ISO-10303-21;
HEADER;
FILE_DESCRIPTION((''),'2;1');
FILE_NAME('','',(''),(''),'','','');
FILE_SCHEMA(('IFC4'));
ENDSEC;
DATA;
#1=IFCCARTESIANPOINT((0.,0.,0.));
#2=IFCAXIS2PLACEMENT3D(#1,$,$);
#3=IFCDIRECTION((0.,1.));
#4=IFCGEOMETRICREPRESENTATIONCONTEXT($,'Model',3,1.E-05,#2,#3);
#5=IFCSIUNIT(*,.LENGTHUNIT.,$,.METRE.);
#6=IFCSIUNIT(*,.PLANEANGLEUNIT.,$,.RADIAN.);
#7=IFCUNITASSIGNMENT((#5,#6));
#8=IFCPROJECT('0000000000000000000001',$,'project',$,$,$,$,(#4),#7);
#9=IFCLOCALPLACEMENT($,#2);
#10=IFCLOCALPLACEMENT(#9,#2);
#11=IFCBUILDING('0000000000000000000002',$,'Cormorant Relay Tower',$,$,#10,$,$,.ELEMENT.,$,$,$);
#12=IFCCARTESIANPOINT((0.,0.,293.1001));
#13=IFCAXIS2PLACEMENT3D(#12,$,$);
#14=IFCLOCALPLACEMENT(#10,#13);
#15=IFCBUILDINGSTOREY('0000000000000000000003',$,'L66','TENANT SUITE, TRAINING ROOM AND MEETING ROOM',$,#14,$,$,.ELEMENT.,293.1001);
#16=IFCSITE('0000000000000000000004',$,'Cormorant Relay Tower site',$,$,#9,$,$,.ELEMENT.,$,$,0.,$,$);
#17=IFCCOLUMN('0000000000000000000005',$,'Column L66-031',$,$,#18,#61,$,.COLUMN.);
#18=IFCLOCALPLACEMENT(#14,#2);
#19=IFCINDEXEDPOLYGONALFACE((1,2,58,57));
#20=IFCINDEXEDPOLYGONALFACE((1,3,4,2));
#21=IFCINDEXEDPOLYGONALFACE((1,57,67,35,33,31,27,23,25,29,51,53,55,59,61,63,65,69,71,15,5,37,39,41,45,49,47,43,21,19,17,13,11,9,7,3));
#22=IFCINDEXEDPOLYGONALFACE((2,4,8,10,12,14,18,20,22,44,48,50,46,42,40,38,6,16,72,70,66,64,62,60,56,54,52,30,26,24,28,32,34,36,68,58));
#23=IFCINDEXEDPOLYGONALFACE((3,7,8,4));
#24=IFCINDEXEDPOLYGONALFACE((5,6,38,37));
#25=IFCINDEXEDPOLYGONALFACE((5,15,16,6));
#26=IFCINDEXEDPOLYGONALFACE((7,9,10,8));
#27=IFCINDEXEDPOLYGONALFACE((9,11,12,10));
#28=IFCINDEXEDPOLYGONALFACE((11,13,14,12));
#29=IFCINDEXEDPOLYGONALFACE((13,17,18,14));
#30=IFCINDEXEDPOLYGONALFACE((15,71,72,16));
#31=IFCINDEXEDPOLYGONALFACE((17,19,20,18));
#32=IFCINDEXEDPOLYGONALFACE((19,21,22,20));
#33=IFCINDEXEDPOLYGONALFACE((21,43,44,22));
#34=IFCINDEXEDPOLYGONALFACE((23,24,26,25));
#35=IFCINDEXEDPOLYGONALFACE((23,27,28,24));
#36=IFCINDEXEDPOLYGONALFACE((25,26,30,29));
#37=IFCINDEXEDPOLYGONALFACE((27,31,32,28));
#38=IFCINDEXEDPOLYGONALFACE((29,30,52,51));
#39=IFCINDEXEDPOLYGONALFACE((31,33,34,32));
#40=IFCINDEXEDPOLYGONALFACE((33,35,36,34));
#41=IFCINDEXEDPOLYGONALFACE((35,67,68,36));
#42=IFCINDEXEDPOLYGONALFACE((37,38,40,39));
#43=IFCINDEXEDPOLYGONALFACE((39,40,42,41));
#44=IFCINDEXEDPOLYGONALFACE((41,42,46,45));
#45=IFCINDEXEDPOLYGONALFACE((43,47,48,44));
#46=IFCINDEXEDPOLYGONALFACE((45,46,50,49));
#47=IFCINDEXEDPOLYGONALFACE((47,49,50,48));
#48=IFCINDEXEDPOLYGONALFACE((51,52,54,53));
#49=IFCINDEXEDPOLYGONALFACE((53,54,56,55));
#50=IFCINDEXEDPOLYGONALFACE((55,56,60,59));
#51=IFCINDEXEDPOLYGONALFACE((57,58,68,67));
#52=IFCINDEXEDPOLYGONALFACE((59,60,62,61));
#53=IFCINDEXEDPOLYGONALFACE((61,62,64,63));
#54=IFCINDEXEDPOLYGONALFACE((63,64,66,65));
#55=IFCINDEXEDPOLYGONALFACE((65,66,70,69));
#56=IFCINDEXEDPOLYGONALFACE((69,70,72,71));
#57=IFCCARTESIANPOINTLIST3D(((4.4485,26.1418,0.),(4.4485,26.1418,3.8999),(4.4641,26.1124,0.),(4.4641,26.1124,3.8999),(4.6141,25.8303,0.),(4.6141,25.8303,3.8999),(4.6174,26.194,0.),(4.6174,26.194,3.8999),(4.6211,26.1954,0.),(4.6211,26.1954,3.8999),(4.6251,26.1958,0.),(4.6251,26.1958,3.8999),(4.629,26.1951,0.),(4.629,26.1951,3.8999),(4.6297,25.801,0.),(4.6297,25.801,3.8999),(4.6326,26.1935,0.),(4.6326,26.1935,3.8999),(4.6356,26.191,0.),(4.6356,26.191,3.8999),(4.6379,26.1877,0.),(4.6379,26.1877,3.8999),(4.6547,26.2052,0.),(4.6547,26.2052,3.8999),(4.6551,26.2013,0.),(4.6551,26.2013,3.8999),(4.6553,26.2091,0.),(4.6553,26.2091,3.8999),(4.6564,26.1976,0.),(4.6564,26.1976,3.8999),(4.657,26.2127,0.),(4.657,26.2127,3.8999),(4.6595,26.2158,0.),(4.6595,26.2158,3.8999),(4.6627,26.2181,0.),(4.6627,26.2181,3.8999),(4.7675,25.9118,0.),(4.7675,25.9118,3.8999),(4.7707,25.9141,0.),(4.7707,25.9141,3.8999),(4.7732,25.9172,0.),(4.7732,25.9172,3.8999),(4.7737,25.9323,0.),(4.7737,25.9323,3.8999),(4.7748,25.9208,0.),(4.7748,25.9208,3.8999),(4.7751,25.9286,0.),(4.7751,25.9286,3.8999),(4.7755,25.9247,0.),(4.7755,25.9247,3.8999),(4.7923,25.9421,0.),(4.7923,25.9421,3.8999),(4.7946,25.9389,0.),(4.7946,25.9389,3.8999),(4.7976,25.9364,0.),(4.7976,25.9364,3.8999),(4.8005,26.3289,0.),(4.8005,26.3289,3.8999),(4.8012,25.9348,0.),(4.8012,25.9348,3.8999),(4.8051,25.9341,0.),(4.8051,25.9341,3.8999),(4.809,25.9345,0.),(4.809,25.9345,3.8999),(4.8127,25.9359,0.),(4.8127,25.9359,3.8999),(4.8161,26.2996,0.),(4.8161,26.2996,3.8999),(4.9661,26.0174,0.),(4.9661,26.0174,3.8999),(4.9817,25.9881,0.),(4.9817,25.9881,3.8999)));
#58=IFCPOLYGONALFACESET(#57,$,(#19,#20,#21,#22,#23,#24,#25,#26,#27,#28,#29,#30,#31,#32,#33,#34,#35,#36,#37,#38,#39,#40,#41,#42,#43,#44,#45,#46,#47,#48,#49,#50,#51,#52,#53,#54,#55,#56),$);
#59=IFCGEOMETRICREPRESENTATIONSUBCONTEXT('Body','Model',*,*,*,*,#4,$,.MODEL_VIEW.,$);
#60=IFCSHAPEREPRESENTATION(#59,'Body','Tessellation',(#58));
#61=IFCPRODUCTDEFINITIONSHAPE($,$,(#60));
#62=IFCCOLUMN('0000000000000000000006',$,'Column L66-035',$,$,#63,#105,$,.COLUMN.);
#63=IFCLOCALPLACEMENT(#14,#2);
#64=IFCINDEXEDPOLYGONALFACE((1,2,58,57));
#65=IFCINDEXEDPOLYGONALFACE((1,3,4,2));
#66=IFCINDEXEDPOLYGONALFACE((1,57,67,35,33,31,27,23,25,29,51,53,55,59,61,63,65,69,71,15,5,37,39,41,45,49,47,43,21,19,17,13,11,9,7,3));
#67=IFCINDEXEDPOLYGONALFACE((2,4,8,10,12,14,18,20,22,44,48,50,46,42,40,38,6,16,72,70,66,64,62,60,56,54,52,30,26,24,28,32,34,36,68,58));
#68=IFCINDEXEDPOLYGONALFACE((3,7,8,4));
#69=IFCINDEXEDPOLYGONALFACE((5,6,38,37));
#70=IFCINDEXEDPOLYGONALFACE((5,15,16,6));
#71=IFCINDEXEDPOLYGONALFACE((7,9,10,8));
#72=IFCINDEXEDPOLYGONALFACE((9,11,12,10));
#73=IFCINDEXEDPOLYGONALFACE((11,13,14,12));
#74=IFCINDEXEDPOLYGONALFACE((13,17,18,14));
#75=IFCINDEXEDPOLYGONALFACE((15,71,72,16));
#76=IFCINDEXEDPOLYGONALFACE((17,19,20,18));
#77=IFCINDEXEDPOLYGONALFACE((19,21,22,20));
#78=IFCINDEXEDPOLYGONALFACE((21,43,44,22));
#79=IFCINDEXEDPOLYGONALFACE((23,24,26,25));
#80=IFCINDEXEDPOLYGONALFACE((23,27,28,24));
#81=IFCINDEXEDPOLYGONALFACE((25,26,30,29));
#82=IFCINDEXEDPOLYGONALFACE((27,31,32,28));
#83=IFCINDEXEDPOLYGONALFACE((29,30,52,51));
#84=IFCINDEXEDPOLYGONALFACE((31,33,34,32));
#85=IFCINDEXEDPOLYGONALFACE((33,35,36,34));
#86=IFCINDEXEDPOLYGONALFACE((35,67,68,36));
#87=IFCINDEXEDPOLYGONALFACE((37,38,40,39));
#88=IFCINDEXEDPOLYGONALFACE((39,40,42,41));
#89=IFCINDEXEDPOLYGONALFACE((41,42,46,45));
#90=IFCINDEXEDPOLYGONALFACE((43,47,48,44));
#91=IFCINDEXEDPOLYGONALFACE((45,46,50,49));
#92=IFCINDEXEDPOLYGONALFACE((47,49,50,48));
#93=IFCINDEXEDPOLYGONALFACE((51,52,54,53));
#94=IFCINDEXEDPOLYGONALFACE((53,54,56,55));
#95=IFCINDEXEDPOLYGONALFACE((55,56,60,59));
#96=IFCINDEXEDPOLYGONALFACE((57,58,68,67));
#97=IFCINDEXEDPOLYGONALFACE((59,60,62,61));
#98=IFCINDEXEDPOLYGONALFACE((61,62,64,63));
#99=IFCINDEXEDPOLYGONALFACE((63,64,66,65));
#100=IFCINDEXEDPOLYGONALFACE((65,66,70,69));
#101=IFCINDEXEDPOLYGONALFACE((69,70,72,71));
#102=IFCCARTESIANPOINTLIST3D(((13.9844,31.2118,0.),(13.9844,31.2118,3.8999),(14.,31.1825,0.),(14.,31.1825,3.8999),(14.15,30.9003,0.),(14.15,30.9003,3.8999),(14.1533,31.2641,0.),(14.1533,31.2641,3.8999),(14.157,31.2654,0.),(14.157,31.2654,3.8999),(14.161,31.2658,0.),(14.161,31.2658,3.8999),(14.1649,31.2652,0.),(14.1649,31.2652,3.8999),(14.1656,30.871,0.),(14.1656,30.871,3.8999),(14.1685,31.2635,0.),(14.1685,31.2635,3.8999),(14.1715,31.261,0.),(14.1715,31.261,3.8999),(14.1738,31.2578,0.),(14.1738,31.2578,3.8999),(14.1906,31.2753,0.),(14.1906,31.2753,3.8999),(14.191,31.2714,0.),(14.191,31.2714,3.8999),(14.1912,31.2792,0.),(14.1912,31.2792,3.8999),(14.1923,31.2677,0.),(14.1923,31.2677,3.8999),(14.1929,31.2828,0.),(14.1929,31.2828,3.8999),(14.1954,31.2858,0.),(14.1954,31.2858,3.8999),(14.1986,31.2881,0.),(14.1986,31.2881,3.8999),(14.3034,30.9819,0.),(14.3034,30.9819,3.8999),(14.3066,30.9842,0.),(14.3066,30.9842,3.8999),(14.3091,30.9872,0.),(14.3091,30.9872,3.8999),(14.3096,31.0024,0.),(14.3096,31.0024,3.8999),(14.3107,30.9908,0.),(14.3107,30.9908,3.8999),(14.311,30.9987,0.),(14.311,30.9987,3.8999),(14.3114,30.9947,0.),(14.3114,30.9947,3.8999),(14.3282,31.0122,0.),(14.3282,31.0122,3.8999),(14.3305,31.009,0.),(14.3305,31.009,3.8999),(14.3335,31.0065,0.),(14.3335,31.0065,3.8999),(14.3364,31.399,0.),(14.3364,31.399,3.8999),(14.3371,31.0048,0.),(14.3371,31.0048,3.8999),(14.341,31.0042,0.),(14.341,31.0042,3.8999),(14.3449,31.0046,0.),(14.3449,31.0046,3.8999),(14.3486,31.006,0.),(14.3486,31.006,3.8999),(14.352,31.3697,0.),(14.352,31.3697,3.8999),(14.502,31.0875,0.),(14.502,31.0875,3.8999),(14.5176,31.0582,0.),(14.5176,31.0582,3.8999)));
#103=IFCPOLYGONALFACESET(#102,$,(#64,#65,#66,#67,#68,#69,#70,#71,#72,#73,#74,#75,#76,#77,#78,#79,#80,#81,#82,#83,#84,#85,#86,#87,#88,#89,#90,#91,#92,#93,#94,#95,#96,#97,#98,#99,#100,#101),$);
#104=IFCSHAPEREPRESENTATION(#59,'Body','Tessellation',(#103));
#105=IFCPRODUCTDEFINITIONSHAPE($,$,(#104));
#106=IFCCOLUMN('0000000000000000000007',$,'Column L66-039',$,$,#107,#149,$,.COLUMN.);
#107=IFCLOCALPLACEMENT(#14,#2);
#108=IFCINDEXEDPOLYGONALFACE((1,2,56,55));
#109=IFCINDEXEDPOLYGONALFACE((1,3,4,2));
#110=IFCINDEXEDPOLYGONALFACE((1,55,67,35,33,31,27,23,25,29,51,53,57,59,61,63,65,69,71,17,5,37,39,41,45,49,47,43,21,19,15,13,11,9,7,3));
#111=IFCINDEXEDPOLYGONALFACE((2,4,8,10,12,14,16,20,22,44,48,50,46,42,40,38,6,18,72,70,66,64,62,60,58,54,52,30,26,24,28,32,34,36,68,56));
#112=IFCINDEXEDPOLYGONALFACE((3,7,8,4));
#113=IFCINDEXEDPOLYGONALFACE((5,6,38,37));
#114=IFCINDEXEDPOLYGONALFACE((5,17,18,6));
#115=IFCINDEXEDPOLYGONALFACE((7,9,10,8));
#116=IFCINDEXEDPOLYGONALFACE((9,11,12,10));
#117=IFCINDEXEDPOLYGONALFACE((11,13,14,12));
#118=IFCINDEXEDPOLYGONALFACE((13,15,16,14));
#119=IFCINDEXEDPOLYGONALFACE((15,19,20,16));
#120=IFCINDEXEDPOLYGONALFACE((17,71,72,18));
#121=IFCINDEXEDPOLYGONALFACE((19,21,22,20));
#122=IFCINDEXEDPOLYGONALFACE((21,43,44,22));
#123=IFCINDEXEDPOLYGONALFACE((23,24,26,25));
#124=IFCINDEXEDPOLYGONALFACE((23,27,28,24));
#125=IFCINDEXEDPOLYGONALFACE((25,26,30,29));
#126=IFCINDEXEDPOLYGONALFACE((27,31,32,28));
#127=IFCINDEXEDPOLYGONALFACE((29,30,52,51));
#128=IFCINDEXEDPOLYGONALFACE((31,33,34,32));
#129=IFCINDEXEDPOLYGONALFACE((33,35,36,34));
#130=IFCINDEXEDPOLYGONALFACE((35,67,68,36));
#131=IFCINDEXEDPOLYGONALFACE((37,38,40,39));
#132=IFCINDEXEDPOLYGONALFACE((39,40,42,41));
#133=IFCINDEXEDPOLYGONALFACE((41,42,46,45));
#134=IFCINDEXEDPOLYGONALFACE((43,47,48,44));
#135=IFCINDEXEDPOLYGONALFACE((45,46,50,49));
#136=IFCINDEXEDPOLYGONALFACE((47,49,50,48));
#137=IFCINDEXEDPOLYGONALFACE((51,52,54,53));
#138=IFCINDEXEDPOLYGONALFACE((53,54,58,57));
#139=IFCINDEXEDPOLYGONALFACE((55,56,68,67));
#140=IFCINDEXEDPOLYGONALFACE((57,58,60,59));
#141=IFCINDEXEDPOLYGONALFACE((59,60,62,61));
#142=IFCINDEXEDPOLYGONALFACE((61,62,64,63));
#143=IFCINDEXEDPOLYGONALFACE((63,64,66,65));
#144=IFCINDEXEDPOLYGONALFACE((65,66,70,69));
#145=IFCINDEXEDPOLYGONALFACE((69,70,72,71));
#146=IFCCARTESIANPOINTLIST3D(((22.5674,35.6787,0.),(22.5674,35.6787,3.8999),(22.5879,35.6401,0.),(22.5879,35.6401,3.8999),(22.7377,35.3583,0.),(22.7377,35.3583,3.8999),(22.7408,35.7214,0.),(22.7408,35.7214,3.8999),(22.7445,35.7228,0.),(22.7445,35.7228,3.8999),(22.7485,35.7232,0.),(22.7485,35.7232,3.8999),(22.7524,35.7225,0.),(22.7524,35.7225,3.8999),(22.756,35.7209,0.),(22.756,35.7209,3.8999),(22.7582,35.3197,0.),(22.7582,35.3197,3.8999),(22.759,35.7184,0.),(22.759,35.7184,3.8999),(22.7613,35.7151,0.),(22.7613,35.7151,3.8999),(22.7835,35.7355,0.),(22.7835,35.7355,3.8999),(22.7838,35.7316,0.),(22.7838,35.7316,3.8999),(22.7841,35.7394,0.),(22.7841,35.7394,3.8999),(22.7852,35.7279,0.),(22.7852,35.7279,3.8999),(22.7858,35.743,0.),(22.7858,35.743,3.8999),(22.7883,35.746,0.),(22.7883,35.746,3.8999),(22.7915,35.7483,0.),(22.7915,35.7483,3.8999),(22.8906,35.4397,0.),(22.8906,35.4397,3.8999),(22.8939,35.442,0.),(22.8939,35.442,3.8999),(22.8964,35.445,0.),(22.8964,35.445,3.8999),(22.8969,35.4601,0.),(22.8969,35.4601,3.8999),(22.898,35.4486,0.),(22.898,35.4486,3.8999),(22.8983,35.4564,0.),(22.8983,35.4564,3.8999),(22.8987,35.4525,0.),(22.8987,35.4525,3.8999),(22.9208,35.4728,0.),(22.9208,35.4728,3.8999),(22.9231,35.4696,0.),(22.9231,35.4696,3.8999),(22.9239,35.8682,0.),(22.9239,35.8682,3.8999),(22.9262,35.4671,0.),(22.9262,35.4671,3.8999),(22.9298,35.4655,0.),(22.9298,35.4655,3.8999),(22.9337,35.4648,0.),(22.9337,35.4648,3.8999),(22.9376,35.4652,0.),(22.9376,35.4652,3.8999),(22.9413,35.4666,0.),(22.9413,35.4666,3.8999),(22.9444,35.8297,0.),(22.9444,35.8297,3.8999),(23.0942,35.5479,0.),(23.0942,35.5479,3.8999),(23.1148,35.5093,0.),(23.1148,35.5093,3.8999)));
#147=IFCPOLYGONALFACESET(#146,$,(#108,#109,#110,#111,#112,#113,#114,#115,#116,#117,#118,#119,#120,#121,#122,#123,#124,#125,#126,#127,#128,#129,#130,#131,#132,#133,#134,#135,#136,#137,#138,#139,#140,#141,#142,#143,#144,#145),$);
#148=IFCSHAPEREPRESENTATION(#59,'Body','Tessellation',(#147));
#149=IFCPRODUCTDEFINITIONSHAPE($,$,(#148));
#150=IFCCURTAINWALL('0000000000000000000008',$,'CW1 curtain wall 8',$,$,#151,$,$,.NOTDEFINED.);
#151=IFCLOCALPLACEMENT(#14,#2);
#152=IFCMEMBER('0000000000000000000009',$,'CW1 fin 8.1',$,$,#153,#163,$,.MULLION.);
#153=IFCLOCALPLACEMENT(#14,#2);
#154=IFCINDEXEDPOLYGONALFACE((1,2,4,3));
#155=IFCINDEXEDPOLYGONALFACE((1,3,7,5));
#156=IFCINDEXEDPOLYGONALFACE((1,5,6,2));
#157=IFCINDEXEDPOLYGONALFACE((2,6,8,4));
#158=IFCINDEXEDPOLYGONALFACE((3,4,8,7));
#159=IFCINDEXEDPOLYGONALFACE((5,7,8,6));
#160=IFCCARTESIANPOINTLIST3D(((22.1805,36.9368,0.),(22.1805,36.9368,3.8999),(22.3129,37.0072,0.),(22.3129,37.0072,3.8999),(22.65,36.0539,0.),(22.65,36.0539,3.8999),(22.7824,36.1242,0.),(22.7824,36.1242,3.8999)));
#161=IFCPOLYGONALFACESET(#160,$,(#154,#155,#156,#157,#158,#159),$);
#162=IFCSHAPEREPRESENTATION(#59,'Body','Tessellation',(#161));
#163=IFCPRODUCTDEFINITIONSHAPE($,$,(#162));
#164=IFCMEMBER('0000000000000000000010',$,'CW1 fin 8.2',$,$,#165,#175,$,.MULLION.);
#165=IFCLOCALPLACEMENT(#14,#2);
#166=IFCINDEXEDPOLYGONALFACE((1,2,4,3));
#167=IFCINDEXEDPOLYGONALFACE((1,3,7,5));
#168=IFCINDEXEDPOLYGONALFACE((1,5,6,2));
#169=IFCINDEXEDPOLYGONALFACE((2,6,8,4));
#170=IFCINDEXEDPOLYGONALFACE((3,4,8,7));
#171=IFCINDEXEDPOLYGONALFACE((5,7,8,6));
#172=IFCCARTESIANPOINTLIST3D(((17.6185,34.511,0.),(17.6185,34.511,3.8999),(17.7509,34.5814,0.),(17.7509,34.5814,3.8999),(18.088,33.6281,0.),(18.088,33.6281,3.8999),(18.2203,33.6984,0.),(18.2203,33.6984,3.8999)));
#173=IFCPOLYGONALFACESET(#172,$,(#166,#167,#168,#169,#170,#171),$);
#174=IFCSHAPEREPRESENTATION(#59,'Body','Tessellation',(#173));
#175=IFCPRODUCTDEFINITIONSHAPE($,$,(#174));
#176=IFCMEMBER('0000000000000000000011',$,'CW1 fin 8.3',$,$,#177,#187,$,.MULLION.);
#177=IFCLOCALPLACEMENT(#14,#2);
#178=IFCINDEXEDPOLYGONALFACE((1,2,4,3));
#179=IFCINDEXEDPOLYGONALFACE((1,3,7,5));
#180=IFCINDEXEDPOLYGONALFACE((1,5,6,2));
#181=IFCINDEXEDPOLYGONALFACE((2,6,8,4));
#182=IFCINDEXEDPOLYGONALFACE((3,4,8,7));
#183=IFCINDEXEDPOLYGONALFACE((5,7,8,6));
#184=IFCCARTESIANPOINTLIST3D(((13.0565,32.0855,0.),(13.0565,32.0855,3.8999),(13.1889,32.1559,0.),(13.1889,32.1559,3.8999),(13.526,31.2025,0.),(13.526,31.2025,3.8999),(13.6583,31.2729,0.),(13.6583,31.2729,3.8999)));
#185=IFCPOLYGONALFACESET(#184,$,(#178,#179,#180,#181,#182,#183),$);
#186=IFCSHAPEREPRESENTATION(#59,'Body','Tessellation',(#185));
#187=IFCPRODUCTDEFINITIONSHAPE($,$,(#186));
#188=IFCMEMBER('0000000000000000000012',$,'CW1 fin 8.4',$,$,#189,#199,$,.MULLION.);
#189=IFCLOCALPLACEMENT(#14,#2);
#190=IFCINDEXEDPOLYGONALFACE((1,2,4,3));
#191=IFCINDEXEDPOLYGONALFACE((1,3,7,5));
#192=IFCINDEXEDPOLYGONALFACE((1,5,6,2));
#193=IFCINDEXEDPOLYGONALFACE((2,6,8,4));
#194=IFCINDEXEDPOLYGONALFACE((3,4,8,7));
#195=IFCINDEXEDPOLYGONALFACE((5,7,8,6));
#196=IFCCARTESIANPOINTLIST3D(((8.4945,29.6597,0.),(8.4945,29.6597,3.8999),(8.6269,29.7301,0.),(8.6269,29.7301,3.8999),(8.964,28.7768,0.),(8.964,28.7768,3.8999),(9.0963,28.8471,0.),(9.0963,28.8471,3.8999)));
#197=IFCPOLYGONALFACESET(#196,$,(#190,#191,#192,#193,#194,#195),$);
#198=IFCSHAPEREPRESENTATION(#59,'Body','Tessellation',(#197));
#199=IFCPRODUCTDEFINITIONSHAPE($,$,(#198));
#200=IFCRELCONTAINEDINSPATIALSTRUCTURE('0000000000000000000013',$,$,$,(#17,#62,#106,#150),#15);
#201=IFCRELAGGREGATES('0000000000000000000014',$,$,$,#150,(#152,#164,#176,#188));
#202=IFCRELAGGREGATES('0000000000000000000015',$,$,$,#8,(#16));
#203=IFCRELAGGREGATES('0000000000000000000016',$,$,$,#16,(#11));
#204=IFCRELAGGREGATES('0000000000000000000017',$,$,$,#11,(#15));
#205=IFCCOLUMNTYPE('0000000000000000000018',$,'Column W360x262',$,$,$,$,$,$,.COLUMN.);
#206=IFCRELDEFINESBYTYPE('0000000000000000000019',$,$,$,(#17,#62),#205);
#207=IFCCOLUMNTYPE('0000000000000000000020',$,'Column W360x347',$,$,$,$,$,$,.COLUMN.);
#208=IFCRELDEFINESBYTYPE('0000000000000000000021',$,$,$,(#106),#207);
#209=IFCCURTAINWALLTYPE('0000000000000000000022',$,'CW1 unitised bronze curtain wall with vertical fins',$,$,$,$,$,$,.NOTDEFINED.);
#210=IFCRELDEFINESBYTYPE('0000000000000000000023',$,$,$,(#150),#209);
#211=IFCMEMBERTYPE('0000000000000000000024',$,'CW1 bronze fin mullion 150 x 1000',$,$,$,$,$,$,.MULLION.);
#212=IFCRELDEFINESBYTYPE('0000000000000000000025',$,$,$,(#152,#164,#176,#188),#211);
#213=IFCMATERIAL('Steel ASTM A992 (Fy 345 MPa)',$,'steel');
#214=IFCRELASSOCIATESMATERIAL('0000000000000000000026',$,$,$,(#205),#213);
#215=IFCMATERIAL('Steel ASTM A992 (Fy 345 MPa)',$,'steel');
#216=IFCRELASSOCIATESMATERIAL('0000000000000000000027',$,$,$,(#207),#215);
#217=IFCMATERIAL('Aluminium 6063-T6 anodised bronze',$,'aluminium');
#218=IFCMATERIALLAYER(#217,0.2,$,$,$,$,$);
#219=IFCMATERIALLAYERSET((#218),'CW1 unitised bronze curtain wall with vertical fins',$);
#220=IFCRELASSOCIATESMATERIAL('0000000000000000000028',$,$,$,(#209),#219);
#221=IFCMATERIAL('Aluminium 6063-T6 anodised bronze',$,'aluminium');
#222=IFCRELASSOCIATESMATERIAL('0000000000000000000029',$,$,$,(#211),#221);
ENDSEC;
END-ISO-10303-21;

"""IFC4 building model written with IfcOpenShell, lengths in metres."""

from ifc_helpers import new_model, si_unit, direction, frame, origin, origin_2d, place, context, subcontext, project, spatial, rectangle, i_section, extrude, material, layer, layer_set, material_profile, profile_set, type_object, element, aggregate, save


model = new_model("IFC4")

# Units and contexts
model_context = context("Model", 3, precision=1e-05, world=origin(), true_north=direction((0.0, 1.0)))
body_context = subcontext(model_context, "Body", "Model", "MODEL_VIEW")
ifc_project = project(units=[si_unit("LENGTHUNIT", "METRE"), si_unit("PLANEANGLEUNIT", "RADIAN")], contexts=[model_context])

# Site, building, storey
site_placement = place(None, origin())
site = spatial("IfcSite", under=ifc_project, at=site_placement, Name="Cormorant Relay Tower site", CompositionType="ELEMENT", RefElevation=0.0)
building_placement = place(site_placement, origin())
building = spatial("IfcBuilding", under=site, at=building_placement, Name="Cormorant Relay Tower", CompositionType="ELEMENT")
storey_placement = place(building_placement, frame((0.0, 0.0, 293.1001)))
storey = spatial("IfcBuildingStorey", under=building, at=storey_placement, Name="L66", Description="TENANT SUITE, TRAINING ROOM AND MEETING ROOM", CompositionType="ELEMENT", Elevation=293.1001)

# Columns
ifc_material_1 = material(Name="Steel ASTM A992 (Fy 345 MPa)", Category="steel")
ifc_material_profile_1 = material_profile(ifc_material_1, i_section(OverallWidth=0.3987, OverallDepth=0.386, WebThickness=0.021, FlangeThickness=0.0332, FilletRadius=0.0151, at=origin_2d()), Name="W360x262")
ifc_profile_set_1 = profile_set([ifc_material_profile_1], Name="Steel ASTM A992 (Fy 345 MPa)")
column_type_1 = type_object("IfcColumnType", Name="Column W360x262", PredefinedType="COLUMN", material=ifc_profile_set_1)
for number, where, z_axis, x_axis, name in (
    (1, (4.7151, 26.0649, 0.0), (0.0, 0.0, 1.0), (-0.882948, -0.469472, 0.0), "Column L66-031"),
    (2, (14.251, 31.135, 0.0), (0.0, 0.0, 1.0), (-0.882948, -0.469472, 0.0), "Column L66-035"),
):
    element("IfcColumn", number, at=place(storey_placement, frame(where, z_axis=z_axis, x_axis=x_axis)), inside=storey, type_object=column_type_1, Name=name, PredefinedType="COLUMN", context=body_context, shape_type="SweptSolid", body=[
        extrude(i_section(OverallWidth=0.3987, OverallDepth=0.386, WebThickness=0.021, FlangeThickness=0.0332, FilletRadius=0.0151, at=origin_2d()), origin(), (0.0, 0.0, 1.0), 3.8999),
    ])
ifc_material_2 = material(Name="Steel ASTM A992 (Fy 345 MPa)", Category="steel")
ifc_material_profile_2 = material_profile(ifc_material_2, i_section(OverallWidth=0.4038, OverallDepth=0.4065, WebThickness=0.0271, FlangeThickness=0.0437, FilletRadius=0.0151, at=origin_2d()), Name="W360x347")
ifc_profile_set_2 = profile_set([ifc_material_profile_2], Name="Steel ASTM A992 (Fy 345 MPa)")
column_type_2 = type_object("IfcColumnType", Name="Column W360x347", PredefinedType="COLUMN", material=ifc_profile_set_2)
column_placement = place(storey_placement, frame((22.8411, 35.594, 0.0), z_axis=(0.0, 0.0, 1.0), x_axis=(-0.882948, -0.469472, 0.0)))
element("IfcColumn", 3, at=column_placement, inside=storey, type_object=column_type_2, Name="Column L66-039", PredefinedType="COLUMN", context=body_context, shape_type="SweptSolid", body=[
    extrude(i_section(OverallWidth=0.4038, OverallDepth=0.4065, WebThickness=0.0271, FlangeThickness=0.0437, FilletRadius=0.0151, at=origin_2d()), origin(), (0.0, 0.0, 1.0), 3.8999),
])

# Curtain wall, members
ifc_material_3 = material(Name="Aluminium 6063-T6 anodised bronze", Category="aluminium")
ifc_layer_1 = layer(ifc_material_3, 0.2)
ifc_layer_set_1 = layer_set([ifc_layer_1], Name="CW1 unitised bronze curtain wall with vertical fins")
curtain_wall_type = type_object("IfcCurtainWallType", Name="CW1 unitised bronze curtain wall with vertical fins", PredefinedType="NOTDEFINED", material=ifc_layer_set_1)
curtain_wall_1_placement = place(storey_placement, origin())
curtain_wall_1 = element("IfcCurtainWall", 4, at=curtain_wall_1_placement, inside=storey, type_object=curtain_wall_type, Name="CW1 curtain wall 8", PredefinedType="NOTDEFINED")
ifc_material_4 = material(Name="Aluminium 6063-T6 anodised bronze", Category="aluminium")
ifc_material_profile_3 = material_profile(ifc_material_4, rectangle(XDim=0.1499, YDim=1.0, at=origin_2d()), Name="AL 150x1000")
ifc_profile_set_3 = profile_set([ifc_material_profile_3], Name="Aluminium 6063-T6 anodised bronze")
member_type_1 = type_object("IfcMemberType", Name="CW1 bronze fin mullion 150 x 1000", PredefinedType="MULLION", material=ifc_profile_set_3)
member_1_placement = place(storey_placement, frame((22.4814, 36.5305, 0.0), z_axis=(0.0, 0.0, 1.0), x_axis=(-0.882948, -0.469472, 0.0)))
member_1 = element("IfcMember", 5, at=member_1_placement, type_object=member_type_1, Name="CW1 fin 8.1", PredefinedType="MULLION", context=body_context, shape_type="SweptSolid", body=[
    extrude(rectangle(XDim=0.1499, YDim=1.0, at=origin_2d()), origin(), (0.0, 0.0, 1.0), 3.8999),
])
member_2_placement = place(storey_placement, frame((17.9194, 34.1047, 0.0), z_axis=(0.0, 0.0, 1.0), x_axis=(-0.882948, -0.469472, 0.0)))
member_2 = element("IfcMember", 6, at=member_2_placement, type_object=member_type_1, Name="CW1 fin 8.2", PredefinedType="MULLION", context=body_context, shape_type="SweptSolid", body=[
    extrude(rectangle(XDim=0.1499, YDim=1.0, at=origin_2d()), origin(), (0.0, 0.0, 1.0), 3.8999),
])
member_3_placement = place(storey_placement, frame((13.3574, 31.6792, 0.0), z_axis=(0.0, 0.0, 1.0), x_axis=(-0.882948, -0.469472, 0.0)))
member_3 = element("IfcMember", 7, at=member_3_placement, type_object=member_type_1, Name="CW1 fin 8.3", PredefinedType="MULLION", context=body_context, shape_type="SweptSolid", body=[
    extrude(rectangle(XDim=0.1499, YDim=1.0, at=origin_2d()), origin(), (0.0, 0.0, 1.0), 3.8999),
])
member_4_placement = place(storey_placement, frame((8.7954, 29.2534, 0.0), z_axis=(0.0, 0.0, 1.0), x_axis=(-0.882948, -0.469472, 0.0)))
member_4 = element("IfcMember", 8, at=member_4_placement, type_object=member_type_1, Name="CW1 fin 8.4", PredefinedType="MULLION", context=body_context, shape_type="SweptSolid", body=[
    extrude(rectangle(XDim=0.1499, YDim=1.0, at=origin_2d()), origin(), (0.0, 0.0, 1.0), 3.8999),
])

aggregate(curtain_wall_1, [member_1, member_2, member_3, member_4])

save(model, "model.ifc")
